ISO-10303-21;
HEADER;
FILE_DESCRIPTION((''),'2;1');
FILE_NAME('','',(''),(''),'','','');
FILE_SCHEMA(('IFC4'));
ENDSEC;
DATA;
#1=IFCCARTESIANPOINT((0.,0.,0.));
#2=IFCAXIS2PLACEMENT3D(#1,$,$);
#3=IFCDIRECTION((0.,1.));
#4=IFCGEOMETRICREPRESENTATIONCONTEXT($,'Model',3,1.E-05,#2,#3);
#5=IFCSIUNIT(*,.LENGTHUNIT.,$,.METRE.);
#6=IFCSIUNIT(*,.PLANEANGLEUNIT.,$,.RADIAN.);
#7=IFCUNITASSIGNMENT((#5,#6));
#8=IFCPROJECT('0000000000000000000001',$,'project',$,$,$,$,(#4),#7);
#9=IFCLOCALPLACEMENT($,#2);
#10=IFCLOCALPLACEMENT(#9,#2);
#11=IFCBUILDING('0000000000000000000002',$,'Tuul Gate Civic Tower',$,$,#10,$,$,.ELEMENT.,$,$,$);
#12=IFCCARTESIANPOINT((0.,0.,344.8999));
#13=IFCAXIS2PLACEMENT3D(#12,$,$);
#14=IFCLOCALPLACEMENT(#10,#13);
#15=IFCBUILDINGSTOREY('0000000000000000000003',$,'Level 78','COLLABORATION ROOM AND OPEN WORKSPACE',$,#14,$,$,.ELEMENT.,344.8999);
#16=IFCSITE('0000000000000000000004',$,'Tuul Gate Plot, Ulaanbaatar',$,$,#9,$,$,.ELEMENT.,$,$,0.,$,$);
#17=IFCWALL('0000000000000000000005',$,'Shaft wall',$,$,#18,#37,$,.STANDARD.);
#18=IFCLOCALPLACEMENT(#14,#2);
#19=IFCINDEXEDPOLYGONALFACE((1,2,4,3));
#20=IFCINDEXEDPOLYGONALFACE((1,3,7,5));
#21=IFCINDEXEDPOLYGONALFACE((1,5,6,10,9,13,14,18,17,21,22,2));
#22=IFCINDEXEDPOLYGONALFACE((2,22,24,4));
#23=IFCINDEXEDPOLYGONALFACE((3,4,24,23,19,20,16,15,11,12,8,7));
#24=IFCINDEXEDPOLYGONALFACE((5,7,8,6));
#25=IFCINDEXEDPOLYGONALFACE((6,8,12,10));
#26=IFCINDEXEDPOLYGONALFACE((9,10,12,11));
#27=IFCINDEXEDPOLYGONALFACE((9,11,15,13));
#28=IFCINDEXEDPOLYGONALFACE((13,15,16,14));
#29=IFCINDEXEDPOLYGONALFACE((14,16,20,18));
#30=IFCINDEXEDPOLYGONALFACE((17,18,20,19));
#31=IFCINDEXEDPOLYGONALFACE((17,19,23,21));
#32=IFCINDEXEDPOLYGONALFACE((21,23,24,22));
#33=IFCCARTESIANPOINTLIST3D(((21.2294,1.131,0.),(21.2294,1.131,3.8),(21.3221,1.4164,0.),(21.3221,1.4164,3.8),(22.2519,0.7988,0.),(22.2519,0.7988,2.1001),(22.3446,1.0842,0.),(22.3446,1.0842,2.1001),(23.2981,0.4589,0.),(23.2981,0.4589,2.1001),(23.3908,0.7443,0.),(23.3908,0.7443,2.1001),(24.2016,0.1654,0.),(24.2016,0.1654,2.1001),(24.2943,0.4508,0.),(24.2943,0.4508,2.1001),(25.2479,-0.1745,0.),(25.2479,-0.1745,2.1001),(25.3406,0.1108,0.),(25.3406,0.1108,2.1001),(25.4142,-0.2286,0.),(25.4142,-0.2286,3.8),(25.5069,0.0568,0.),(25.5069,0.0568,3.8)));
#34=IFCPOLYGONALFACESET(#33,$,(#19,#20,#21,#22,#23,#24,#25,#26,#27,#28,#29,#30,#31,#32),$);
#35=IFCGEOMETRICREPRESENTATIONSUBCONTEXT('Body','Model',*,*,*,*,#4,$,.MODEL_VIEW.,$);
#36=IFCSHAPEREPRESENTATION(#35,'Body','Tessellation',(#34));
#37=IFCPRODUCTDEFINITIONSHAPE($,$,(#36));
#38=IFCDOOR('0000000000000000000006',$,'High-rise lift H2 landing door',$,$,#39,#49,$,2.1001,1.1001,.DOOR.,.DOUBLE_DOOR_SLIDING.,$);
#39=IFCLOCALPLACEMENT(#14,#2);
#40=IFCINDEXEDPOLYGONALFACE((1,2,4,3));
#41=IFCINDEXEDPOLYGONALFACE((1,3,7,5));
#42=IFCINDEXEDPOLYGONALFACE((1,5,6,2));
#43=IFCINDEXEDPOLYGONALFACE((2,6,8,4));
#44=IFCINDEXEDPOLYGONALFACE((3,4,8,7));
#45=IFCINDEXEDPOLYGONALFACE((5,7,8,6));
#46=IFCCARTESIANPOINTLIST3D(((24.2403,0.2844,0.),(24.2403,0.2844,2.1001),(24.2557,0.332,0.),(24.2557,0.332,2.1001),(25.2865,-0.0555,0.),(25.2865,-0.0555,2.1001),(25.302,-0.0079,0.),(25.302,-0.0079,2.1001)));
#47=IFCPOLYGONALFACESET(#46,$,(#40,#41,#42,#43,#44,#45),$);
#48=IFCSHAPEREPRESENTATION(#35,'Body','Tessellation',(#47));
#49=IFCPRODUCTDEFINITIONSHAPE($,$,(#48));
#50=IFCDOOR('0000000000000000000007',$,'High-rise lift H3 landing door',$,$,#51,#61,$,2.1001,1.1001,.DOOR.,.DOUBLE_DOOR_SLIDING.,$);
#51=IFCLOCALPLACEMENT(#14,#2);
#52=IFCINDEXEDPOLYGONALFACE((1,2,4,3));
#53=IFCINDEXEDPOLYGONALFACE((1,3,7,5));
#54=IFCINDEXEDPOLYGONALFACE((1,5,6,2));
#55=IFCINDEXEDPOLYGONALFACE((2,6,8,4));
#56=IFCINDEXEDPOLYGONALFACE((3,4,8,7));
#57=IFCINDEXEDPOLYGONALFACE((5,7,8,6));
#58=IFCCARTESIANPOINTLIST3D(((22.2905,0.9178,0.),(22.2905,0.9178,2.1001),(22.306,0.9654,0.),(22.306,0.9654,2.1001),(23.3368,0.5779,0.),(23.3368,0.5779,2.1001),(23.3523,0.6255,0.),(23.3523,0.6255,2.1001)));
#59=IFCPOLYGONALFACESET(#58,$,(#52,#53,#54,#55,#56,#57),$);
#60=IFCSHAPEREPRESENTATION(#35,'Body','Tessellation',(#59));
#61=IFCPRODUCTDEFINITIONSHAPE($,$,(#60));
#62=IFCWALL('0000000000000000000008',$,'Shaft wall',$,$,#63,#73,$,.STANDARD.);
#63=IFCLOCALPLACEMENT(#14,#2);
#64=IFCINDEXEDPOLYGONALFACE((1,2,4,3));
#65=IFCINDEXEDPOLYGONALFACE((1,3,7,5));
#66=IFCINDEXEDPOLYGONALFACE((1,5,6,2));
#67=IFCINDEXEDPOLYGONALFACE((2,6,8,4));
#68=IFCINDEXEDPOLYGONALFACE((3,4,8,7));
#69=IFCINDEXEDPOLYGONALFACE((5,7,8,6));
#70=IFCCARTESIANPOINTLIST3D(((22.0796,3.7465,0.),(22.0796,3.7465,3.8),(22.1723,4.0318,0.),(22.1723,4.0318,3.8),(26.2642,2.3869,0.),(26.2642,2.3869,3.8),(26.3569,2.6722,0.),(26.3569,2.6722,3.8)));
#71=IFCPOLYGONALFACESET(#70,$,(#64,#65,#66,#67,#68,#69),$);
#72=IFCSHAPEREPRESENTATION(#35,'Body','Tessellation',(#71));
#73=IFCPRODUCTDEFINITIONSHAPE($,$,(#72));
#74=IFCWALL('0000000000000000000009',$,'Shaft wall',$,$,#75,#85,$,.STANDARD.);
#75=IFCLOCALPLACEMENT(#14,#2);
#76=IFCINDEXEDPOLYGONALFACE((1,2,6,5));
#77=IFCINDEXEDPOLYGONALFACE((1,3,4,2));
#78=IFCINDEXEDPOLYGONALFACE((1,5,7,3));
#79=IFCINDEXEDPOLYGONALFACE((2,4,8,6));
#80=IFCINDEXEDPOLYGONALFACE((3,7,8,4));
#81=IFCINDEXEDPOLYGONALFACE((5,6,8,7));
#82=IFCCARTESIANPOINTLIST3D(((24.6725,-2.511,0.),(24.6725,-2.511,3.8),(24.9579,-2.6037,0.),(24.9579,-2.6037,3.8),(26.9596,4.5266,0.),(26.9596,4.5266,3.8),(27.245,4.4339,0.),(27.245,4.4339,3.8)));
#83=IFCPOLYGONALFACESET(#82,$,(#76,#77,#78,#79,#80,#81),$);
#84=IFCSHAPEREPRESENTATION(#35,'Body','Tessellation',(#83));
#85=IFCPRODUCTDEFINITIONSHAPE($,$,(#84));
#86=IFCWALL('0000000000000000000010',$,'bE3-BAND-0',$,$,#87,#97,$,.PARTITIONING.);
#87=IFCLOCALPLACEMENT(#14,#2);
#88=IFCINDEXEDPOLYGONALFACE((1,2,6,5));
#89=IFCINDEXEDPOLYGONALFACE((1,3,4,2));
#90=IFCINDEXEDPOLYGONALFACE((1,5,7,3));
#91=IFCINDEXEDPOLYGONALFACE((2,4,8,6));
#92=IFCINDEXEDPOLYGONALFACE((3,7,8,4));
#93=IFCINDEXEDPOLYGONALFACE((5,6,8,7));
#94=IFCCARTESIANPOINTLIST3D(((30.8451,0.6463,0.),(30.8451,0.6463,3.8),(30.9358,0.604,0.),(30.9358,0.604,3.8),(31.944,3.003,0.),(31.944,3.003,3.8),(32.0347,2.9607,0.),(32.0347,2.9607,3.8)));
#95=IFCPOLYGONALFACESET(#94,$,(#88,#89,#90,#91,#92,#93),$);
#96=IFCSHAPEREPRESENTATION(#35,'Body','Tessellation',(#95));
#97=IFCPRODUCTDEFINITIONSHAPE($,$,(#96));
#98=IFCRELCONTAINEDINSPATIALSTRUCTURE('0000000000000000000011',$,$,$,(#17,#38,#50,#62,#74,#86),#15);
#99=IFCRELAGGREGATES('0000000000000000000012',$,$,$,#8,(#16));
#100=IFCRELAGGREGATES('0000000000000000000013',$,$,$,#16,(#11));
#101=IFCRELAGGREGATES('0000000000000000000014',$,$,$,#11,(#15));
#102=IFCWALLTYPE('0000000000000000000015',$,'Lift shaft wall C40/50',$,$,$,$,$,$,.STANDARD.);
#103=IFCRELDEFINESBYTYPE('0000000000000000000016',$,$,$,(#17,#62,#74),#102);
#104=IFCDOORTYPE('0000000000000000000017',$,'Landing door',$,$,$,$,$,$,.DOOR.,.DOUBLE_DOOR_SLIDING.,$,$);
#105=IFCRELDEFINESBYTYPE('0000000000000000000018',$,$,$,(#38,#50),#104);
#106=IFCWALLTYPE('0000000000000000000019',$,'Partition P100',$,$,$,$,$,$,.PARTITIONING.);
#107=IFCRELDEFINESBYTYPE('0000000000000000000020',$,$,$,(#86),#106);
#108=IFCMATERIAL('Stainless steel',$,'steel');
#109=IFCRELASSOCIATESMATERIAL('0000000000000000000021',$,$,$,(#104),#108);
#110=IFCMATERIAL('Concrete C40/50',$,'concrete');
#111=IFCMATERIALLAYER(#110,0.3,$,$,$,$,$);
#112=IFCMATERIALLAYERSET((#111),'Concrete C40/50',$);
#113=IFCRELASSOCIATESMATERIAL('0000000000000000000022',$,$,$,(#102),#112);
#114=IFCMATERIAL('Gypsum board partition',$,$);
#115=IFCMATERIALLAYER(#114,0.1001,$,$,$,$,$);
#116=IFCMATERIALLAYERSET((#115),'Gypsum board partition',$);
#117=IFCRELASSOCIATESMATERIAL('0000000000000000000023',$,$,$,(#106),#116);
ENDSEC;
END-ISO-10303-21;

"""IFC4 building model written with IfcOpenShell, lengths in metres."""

from ifc_helpers import new_model, si_unit, direction, frame, frame_2d, origin, place, context, subcontext, project, spatial, rectangle, extrude, material, layer, layer_set, type_object, element, fill, save


model = new_model("IFC4")

# Units and contexts
model_context = context("Model", 3, precision=1e-05, world=origin(), true_north=direction((0.0, 1.0)))
body_context = subcontext(model_context, "Body", "Model", "MODEL_VIEW")
ifc_project = project(units=[si_unit("LENGTHUNIT", "METRE"), si_unit("PLANEANGLEUNIT", "RADIAN")], contexts=[model_context])

# Site, building, storey
site_placement = place(None, origin())
site = spatial("IfcSite", under=ifc_project, at=site_placement, Name="Tuul Gate Plot, Ulaanbaatar", CompositionType="ELEMENT", RefElevation=0.0)
building_placement = place(site_placement, origin())
building = spatial("IfcBuilding", under=site, at=building_placement, Name="Tuul Gate Civic Tower", CompositionType="ELEMENT")
storey_placement = place(building_placement, frame((0.0, 0.0, 344.8999)))
storey = spatial("IfcBuildingStorey", under=building, at=storey_placement, Name="Level 78", Description="COLLABORATION ROOM AND OPEN WORKSPACE", CompositionType="ELEMENT", Elevation=344.8999)

# Shared definitions
ifc_material_1 = material(Name="Stainless steel", Category="steel")
door_type_1 = type_object("IfcDoorType", Name="Landing door", OperationType="DOUBLE_DOOR_SLIDING", PredefinedType="DOOR", material=ifc_material_1)

# Shared definitions
ifc_material_2 = material(Name="Concrete C40/50", Category="concrete")
ifc_layer_1 = layer(ifc_material_2, 0.3)
ifc_layer_set_1 = layer_set([ifc_layer_1], Name="Concrete C40/50")
wall_type_1 = type_object("IfcWallType", Name="Lift shaft wall C40/50", PredefinedType="STANDARD", material=ifc_layer_set_1)

# Wall, openings, doors
wall_1_placement = place(storey_placement, frame((25.4607, -0.0859, 0.0), z_axis=(0.0, 0.0, 1.0), x_axis=(-0.951064, 0.308994, 0.0)))
wall_1 = element("IfcWall", 1, at=wall_1_placement, inside=storey, type_object=wall_type_1, Name="Shaft wall", PredefinedType="STANDARD", context=body_context, shape_type="SweptSolid", body=[
    extrude(rectangle(XDim=4.4001, YDim=0.3, at=frame_2d((2.2002, 0.0))), origin(), (0.0, 0.0, 1.0), 3.8),
])
opening_1_placement = place(wall_1_placement, frame((0.175, 0.0, 0.0)))
opening_1 = element("IfcOpeningElement", 2, at=opening_1_placement, cuts=wall_1, PredefinedType="OPENING", context=body_context, shape_type="SweptSolid", body=[
    extrude(rectangle(XDim=1.1001, YDim=2.1001, at=frame_2d((0.55, 1.05))), frame((0.0, 0.1602, 0.0), z_axis=(0.0, -1.0, 0.0), x_axis=(1.0, 0.0, 0.0)), (0.0, 0.0, 1.0), 0.3201),
])
opening_2_placement = place(wall_1_placement, frame((2.2251, 0.0, 0.0)))
opening_2 = element("IfcOpeningElement", 3, at=opening_2_placement, cuts=wall_1, PredefinedType="OPENING", context=body_context, shape_type="SweptSolid", body=[
    extrude(rectangle(XDim=1.1001, YDim=2.1001, at=frame_2d((0.55, 1.05))), frame((0.0, 0.1602, 0.0), z_axis=(0.0, -1.0, 0.0), x_axis=(1.0, 0.0, 0.0)), (0.0, 0.0, 1.0), 0.3201),
])
door_1_placement = place(opening_1_placement, origin())
door_1 = element("IfcDoor", 4, at=door_1_placement, inside=storey, type_object=door_type_1, Name="High-rise lift H2 landing door", OperationType="DOUBLE_DOOR_SLIDING", OverallHeight=2.1001, OverallWidth=1.1001, PredefinedType="DOOR", context=body_context, shape_type="SweptSolid", body=[
    extrude(rectangle(XDim=1.1001, YDim=2.1001, at=frame_2d((0.55, 1.05))), frame((0.0, 0.0249, 0.0), z_axis=(0.0, -1.0, 0.0), x_axis=(1.0, 0.0, 0.0)), (0.0, 0.0, 1.0), 0.05),
])
fill(opening_1, door_1)
door_2_placement = place(opening_2_placement, origin())
door_2 = element("IfcDoor", 5, at=door_2_placement, inside=storey, type_object=door_type_1, Name="High-rise lift H3 landing door", OperationType="DOUBLE_DOOR_SLIDING", OverallHeight=2.1001, OverallWidth=1.1001, PredefinedType="DOOR", context=body_context, shape_type="SweptSolid", body=[
    extrude(rectangle(XDim=1.1001, YDim=2.1001, at=frame_2d((0.55, 1.05))), frame((0.0, 0.0249, 0.0), z_axis=(0.0, -1.0, 0.0), x_axis=(1.0, 0.0, 0.0)), (0.0, 0.0, 1.0), 0.05),
])
fill(opening_2, door_2)

# Walls
wall_2_placement = place(storey_placement, frame((26.3105, 2.5295, 0.0), z_axis=(0.0, 0.0, 1.0), x_axis=(-0.951059, 0.309011, 0.0)))
element("IfcWall", 6, at=wall_2_placement, inside=storey, type_object=wall_type_1, Name="Shaft wall", PredefinedType="STANDARD", context=body_context, shape_type="SweptSolid", body=[
    extrude(rectangle(XDim=4.3999, YDim=0.3, at=frame_2d((2.2, 0.0))), origin(), (0.0, 0.0, 1.0), 3.8),
])
wall_3_placement = place(storey_placement, frame((24.8152, -2.5574, 0.0), z_axis=(0.0, 0.0, 1.0), x_axis=(0.309073, 0.951038, 0.0)))
element("IfcWall", 7, at=wall_3_placement, inside=storey, type_object=wall_type_1, Name="Shaft wall", PredefinedType="STANDARD", context=body_context, shape_type="SweptSolid", body=[
    extrude(rectangle(XDim=7.3999, YDim=0.3, at=frame_2d((3.7, 0.0))), origin(), (0.0, 0.0, 1.0), 3.8),
])
ifc_material_3 = material(Name="Gypsum board partition")
ifc_layer_2 = layer(ifc_material_3, 0.1001)
ifc_layer_set_2 = layer_set([ifc_layer_2], Name="Gypsum board partition")
wall_type_2 = type_object("IfcWallType", Name="Partition P100", PredefinedType="PARTITIONING", material=ifc_layer_set_2)
wall_4_placement = place(storey_placement, frame((30.8904, 0.625, 0.0), z_axis=(0.0, 0.0, 1.0), x_axis=(0.422598, 0.906317, 0.0)))
element("IfcWall", 8, at=wall_4_placement, inside=storey, type_object=wall_type_2, Name="bE3-BAND-0", PredefinedType="PARTITIONING", context=body_context, shape_type="SweptSolid", body=[
    extrude(rectangle(XDim=2.6003, YDim=0.1001, at=frame_2d((1.3003, 0.0))), origin(), (0.0, 0.0, 1.0), 3.8),
])

save(model, "model.ifc")
